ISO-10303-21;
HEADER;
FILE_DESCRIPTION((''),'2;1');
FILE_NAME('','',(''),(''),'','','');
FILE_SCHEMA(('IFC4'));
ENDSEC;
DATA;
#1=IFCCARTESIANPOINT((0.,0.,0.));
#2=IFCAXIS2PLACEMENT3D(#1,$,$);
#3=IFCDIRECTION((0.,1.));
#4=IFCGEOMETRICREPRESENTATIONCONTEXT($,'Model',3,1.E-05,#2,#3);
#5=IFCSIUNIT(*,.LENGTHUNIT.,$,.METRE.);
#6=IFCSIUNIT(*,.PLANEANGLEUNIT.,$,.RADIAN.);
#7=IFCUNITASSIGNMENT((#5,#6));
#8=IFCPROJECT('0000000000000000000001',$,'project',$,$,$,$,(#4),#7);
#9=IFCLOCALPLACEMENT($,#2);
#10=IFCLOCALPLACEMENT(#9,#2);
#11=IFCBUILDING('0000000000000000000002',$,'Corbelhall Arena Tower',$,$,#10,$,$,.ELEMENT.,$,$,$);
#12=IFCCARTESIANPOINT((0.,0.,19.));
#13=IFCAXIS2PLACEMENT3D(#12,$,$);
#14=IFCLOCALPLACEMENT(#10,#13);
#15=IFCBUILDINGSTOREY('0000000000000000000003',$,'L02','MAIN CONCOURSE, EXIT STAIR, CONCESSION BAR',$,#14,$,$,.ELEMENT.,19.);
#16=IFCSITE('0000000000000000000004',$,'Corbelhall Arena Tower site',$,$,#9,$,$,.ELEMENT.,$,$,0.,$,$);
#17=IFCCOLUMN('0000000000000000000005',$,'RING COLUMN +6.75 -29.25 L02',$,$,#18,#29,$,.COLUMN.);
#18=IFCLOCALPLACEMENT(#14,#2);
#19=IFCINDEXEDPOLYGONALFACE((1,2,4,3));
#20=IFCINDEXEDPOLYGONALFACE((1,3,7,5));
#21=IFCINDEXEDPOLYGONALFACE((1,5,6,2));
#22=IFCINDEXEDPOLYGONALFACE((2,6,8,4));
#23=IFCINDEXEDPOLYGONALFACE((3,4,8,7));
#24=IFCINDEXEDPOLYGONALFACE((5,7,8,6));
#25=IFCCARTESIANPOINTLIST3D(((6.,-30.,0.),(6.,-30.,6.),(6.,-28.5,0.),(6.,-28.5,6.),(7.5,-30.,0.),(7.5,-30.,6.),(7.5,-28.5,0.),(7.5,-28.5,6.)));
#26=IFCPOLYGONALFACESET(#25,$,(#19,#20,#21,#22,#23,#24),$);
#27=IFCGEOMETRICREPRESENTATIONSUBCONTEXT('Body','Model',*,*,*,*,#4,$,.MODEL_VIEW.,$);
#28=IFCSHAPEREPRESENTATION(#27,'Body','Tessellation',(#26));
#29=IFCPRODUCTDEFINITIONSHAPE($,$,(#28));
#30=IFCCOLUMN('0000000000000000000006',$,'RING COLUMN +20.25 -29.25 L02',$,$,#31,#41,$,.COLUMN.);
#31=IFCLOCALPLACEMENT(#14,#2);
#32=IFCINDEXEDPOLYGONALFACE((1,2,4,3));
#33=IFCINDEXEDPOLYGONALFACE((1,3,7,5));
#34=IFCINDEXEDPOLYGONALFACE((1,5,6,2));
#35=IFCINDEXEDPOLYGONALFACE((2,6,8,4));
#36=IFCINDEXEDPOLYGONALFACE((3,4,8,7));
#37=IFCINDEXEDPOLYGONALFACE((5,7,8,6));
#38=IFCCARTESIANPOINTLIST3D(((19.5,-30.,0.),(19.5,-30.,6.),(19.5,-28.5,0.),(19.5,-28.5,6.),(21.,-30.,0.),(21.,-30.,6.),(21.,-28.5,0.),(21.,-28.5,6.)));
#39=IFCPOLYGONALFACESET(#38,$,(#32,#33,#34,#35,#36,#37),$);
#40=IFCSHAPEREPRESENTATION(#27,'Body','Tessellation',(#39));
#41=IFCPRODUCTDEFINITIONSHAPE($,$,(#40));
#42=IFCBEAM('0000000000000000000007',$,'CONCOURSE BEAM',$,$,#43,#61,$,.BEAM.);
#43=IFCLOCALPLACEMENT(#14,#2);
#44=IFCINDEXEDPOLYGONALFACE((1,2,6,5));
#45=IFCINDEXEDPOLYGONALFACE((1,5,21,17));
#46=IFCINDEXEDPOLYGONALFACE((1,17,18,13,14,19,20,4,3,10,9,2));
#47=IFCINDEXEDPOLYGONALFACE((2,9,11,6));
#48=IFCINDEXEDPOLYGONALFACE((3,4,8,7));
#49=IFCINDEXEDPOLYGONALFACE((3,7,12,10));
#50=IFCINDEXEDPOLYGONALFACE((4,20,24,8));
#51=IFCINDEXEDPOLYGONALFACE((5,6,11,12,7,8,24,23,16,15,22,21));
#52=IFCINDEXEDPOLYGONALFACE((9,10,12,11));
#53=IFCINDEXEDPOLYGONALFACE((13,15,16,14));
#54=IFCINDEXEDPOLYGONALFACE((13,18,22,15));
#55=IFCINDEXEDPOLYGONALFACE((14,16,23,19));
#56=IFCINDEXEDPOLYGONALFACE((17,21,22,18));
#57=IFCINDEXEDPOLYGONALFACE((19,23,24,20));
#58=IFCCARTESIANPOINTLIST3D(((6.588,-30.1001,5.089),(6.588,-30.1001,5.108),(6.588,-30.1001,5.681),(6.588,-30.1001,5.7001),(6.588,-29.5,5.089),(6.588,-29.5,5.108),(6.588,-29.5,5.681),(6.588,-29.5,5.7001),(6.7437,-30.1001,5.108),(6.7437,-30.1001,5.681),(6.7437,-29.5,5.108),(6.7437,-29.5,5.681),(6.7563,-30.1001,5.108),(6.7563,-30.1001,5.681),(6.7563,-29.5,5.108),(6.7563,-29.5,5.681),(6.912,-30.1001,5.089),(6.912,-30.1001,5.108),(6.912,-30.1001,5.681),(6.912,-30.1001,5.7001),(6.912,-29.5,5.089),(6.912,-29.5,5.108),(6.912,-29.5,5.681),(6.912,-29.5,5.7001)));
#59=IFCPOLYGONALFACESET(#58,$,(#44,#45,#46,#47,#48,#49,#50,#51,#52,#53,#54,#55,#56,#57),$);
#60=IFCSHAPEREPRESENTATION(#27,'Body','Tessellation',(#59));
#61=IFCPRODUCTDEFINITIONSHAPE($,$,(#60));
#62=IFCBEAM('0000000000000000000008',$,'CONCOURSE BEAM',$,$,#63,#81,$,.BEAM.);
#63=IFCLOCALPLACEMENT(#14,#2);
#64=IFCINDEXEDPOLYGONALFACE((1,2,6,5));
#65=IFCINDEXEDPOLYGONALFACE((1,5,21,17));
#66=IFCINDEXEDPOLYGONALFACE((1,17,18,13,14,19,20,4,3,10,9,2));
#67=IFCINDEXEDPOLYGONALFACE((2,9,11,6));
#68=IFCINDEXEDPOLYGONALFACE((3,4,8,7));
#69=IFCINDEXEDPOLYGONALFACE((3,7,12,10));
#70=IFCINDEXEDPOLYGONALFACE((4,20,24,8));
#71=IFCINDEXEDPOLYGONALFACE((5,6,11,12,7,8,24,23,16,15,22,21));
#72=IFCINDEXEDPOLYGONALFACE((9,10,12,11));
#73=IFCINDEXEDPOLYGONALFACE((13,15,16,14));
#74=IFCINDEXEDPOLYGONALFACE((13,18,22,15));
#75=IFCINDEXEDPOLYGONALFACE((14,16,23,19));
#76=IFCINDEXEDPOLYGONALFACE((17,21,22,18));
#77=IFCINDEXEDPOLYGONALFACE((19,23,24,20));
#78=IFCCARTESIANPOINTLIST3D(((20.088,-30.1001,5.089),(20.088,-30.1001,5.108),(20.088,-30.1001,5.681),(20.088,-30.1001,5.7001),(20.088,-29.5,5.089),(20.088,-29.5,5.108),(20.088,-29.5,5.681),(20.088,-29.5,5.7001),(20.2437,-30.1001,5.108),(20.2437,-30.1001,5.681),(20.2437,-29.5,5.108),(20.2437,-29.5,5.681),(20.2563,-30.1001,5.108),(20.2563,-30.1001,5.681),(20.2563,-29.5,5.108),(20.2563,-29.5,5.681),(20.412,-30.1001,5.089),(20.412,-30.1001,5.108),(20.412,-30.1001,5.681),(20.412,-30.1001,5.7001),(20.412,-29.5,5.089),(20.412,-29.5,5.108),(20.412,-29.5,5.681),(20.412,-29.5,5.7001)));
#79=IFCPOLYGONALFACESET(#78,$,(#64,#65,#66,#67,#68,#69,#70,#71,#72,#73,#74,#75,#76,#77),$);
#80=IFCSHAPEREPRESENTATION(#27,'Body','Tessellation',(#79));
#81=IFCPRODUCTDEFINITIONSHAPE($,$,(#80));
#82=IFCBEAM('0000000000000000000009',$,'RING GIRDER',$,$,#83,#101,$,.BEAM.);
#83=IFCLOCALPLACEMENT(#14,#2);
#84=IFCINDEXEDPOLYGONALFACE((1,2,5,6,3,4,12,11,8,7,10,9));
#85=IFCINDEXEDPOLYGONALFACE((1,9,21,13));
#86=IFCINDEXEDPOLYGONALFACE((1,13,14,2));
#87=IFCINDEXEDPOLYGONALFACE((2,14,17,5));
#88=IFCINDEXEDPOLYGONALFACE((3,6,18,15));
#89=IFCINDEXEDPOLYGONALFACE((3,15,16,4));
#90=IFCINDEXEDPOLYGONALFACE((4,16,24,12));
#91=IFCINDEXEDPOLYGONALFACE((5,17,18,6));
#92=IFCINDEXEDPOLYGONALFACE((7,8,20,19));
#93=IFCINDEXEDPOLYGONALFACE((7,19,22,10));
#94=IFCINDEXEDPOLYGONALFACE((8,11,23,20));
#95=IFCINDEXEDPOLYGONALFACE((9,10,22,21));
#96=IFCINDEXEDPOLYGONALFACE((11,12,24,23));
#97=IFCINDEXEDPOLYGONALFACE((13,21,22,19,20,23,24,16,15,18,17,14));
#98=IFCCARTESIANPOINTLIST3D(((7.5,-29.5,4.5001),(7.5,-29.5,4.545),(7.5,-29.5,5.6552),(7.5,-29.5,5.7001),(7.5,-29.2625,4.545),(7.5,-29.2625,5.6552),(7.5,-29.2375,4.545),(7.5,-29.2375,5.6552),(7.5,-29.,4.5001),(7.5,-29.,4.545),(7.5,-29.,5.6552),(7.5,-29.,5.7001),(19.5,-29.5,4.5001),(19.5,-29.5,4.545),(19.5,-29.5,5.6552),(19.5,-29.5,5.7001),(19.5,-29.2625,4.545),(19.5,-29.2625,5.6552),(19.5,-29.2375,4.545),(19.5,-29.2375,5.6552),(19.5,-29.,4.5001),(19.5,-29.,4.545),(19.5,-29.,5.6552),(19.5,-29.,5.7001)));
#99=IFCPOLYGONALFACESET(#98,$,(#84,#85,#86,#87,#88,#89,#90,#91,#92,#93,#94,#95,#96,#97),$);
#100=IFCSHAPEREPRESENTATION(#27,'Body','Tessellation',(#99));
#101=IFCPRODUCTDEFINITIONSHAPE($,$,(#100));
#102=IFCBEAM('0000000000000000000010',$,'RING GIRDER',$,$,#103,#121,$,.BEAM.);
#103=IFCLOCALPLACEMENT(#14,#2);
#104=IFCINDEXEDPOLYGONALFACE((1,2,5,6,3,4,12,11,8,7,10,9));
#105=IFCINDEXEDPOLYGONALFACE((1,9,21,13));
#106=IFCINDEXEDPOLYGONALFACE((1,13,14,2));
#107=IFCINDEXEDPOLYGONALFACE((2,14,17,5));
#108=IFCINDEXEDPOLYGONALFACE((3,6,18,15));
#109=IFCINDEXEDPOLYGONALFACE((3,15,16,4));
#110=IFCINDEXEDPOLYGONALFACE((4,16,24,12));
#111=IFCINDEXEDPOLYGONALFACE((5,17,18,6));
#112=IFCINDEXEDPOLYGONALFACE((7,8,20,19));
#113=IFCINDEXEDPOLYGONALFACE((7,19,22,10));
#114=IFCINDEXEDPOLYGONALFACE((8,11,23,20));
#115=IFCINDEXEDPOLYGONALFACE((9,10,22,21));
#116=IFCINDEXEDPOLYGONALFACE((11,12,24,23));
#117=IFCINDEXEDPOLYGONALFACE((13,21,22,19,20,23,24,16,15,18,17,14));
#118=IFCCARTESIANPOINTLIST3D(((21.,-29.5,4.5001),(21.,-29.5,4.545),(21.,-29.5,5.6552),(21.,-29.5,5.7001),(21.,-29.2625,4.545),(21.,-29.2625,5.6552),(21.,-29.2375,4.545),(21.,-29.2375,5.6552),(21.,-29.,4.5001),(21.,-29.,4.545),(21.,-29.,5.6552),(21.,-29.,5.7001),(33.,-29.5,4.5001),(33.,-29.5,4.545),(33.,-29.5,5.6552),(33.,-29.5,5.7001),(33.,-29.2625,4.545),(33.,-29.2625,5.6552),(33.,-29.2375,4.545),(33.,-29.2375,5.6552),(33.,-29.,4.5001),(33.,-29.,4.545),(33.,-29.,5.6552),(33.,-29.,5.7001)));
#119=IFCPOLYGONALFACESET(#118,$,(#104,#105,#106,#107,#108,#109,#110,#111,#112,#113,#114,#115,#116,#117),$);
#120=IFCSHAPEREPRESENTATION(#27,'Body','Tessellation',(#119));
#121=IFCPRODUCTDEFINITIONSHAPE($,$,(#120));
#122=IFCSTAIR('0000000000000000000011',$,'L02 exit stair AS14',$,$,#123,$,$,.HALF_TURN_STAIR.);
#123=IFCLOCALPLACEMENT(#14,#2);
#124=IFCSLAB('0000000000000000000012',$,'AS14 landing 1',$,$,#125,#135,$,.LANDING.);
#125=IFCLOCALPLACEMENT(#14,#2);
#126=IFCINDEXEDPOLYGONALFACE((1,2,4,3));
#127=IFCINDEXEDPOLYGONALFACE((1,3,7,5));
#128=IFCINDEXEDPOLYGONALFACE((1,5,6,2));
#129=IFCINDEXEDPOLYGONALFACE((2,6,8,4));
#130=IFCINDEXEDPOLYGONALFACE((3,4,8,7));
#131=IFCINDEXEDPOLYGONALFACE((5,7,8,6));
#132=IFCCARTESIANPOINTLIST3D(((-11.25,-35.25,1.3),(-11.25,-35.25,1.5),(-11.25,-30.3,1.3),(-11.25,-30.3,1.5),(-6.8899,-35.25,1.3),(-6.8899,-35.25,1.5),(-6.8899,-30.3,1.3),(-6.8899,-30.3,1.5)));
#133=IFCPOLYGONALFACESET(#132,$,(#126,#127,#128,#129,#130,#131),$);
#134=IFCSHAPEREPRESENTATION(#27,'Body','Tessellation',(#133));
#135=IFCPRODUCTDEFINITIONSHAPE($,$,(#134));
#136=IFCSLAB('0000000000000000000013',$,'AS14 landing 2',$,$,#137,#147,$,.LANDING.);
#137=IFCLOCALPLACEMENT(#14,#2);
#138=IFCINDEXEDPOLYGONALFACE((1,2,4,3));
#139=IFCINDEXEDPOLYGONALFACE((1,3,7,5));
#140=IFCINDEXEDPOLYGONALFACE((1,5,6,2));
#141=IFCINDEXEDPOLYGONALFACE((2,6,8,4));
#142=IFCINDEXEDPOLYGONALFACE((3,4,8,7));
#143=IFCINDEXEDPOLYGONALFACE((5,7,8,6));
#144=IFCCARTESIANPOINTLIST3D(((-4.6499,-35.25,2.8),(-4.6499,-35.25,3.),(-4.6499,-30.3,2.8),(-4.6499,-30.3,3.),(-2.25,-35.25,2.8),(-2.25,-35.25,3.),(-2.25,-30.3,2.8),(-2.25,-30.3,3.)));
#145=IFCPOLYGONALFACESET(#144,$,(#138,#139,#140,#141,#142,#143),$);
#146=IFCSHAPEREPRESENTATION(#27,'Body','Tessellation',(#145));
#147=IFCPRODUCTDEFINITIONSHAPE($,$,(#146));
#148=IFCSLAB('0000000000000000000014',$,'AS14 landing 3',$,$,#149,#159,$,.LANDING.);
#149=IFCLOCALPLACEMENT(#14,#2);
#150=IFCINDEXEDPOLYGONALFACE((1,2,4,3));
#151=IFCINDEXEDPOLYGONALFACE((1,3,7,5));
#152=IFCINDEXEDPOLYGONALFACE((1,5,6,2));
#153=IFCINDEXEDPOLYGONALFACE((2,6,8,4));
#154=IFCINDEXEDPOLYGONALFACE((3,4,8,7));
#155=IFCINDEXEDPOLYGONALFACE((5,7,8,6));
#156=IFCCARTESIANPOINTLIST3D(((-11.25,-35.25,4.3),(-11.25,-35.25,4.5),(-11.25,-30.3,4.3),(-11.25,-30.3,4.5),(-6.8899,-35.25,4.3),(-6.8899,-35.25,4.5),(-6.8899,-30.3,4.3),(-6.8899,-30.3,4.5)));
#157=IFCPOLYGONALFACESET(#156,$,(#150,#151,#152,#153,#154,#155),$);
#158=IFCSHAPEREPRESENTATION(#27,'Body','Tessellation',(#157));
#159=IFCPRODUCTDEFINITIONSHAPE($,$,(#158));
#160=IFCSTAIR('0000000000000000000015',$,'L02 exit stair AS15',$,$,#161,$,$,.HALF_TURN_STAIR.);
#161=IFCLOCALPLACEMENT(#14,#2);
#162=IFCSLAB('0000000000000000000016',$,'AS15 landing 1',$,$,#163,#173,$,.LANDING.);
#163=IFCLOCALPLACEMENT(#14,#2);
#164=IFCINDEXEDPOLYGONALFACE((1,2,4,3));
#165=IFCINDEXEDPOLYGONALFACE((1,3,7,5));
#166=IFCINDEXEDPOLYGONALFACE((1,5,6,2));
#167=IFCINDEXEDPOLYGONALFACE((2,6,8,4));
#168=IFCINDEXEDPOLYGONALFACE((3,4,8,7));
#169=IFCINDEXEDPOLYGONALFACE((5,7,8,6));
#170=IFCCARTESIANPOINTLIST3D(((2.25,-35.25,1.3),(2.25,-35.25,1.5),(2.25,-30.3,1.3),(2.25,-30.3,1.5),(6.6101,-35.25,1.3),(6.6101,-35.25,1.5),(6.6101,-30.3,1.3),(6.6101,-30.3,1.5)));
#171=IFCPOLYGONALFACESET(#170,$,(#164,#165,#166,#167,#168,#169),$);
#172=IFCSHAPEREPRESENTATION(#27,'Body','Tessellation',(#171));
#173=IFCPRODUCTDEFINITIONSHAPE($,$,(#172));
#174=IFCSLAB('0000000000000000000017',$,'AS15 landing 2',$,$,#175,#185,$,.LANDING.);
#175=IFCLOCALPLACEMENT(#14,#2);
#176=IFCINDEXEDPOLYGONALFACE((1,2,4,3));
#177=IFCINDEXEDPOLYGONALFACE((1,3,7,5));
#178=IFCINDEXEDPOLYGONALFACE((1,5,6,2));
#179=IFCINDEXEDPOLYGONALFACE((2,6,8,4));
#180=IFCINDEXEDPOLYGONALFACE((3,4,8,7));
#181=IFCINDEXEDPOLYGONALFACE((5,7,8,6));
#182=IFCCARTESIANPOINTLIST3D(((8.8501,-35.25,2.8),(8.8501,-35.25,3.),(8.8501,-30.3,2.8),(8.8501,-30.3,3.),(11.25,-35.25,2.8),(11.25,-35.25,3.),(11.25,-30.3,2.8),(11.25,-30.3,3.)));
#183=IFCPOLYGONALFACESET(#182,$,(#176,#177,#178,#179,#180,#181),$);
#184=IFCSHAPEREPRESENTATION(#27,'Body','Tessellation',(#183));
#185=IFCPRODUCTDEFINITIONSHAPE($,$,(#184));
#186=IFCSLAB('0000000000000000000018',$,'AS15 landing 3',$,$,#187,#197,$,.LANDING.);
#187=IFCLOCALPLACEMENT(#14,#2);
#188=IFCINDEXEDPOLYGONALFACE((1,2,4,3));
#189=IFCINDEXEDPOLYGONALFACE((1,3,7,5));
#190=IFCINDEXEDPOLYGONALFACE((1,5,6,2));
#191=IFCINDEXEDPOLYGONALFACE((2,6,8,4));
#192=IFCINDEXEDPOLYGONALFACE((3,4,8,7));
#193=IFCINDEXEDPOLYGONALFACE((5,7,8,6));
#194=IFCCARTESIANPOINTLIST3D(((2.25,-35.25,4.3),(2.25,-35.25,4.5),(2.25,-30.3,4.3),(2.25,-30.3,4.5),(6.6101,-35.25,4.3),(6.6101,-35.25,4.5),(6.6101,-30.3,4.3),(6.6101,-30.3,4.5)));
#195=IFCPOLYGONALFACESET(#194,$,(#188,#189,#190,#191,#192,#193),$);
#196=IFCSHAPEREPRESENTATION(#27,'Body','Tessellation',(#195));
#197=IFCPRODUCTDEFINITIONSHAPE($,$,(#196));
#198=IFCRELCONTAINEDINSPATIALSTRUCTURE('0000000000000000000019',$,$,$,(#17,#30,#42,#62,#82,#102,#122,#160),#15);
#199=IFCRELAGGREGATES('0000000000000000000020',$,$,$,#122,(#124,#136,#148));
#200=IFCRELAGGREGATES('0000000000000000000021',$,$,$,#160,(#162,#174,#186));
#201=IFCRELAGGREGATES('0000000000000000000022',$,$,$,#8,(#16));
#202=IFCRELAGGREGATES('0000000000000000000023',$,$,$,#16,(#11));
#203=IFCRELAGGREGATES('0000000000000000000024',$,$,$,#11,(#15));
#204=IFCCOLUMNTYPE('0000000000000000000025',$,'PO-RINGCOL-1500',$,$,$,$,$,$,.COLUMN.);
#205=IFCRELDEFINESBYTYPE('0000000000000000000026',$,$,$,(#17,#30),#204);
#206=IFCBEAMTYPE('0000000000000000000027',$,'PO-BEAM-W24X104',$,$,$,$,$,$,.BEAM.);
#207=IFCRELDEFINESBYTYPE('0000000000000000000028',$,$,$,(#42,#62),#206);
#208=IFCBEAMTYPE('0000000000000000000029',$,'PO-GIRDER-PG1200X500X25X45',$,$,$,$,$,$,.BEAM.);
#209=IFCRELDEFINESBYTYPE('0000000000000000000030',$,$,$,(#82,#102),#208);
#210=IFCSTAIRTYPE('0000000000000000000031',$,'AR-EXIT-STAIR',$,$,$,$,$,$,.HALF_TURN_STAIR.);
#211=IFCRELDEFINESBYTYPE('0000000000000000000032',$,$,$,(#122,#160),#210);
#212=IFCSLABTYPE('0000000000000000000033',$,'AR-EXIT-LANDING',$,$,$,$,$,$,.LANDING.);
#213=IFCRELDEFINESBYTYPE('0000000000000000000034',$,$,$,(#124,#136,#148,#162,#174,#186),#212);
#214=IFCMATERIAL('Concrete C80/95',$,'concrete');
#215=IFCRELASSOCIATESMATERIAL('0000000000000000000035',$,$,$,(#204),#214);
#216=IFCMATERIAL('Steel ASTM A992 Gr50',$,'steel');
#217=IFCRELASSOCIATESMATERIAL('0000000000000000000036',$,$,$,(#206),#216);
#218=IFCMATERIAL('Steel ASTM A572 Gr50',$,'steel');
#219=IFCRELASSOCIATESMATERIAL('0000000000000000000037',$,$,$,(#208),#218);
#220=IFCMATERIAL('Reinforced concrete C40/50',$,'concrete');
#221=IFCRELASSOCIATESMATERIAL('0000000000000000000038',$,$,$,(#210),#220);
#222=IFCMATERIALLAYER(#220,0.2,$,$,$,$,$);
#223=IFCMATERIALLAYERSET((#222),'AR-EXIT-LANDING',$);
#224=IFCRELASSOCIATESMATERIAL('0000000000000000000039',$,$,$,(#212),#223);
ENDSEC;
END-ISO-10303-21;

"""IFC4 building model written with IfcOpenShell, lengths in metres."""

from ifc_helpers import new_model, si_unit, direction, frame, origin, origin_2d, place, context, subcontext, project, spatial, polyline, rectangle, i_section, outline, extrude, material, layer, layer_set, material_profile, profile_set, type_object, element, aggregate, save


model = new_model("IFC4")

# Units and contexts
model_context = context("Model", 3, precision=1e-05, world=origin(), true_north=direction((0.0, 1.0)))
body_context = subcontext(model_context, "Body", "Model", "MODEL_VIEW")
ifc_project = project(units=[si_unit("LENGTHUNIT", "METRE"), si_unit("PLANEANGLEUNIT", "RADIAN")], contexts=[model_context])

# Site, building, storey
site_placement = place(None, origin())
site = spatial("IfcSite", under=ifc_project, at=site_placement, Name="Corbelhall Arena Tower site", CompositionType="ELEMENT", RefElevation=0.0)
building_placement = place(site_placement, origin())
building = spatial("IfcBuilding", under=site, at=building_placement, Name="Corbelhall Arena Tower", CompositionType="ELEMENT")
storey_placement = place(building_placement, frame((0.0, 0.0, 19.0)))
storey = spatial("IfcBuildingStorey", under=building, at=storey_placement, Name="L02", Description="MAIN CONCOURSE, EXIT STAIR, CONCESSION BAR", CompositionType="ELEMENT", Elevation=19.0)

# Columns
ifc_material_1 = material(Name="Concrete C80/95", Category="concrete")
ifc_material_profile_1 = material_profile(ifc_material_1, rectangle(XDim=1.5, YDim=1.5, at=origin_2d()))
ifc_profile_set_1 = profile_set([ifc_material_profile_1], Name="Concrete C80/95")
column_type = type_object("IfcColumnType", Name="PO-RINGCOL-1500", PredefinedType="COLUMN", material=ifc_profile_set_1)
for number, where, z_axis, x_axis, name in (
    (1, (6.75, -29.25, 0.0), (0.0, 0.0, 1.0), (1.0, 0.0, 0.0), "RING COLUMN +6.75 -29.25 L02"),
    (2, (20.25, -29.25, 0.0), (0.0, 0.0, 1.0), (1.0, 0.0, 0.0), "RING COLUMN +20.25 -29.25 L02"),
):
    element("IfcColumn", number, at=place(storey_placement, frame(where, z_axis=z_axis, x_axis=x_axis)), inside=storey, type_object=column_type, Name=name, PredefinedType="COLUMN", context=body_context, shape_type="SweptSolid", body=[
        extrude(rectangle(XDim=1.5, YDim=1.5, at=origin_2d()), origin(), (0.0, 0.0, 1.0), 6.0),
    ])

# Beams
ifc_material_2 = material(Name="Steel ASTM A992 Gr50", Category="steel")
ifc_material_profile_2 = material_profile(ifc_material_2, i_section(OverallWidth=0.324, OverallDepth=0.6111, WebThickness=0.0127, FlangeThickness=0.019, at=origin_2d()))
ifc_profile_set_2 = profile_set([ifc_material_profile_2], Name="Steel ASTM A992 Gr50")
beam_type_1 = type_object("IfcBeamType", Name="PO-BEAM-W24X104", PredefinedType="BEAM", material=ifc_profile_set_2)
for number, where, z_axis, x_axis, name in (
    (3, (6.75, -29.5, 5.3945), (0.0, -1.0, 0.0), (1.0, 0.0, 0.0), "CONCOURSE BEAM"),
    (4, (20.25, -29.5, 5.3945), (0.0, -1.0, 0.0), (1.0, 0.0, 0.0), "CONCOURSE BEAM"),
):
    element("IfcBeam", number, at=place(storey_placement, frame(where, z_axis=z_axis, x_axis=x_axis)), inside=storey, type_object=beam_type_1, Name=name, PredefinedType="BEAM", context=body_context, shape_type="SweptSolid", body=[
        extrude(i_section(OverallWidth=0.324, OverallDepth=0.6111, WebThickness=0.0127, FlangeThickness=0.019, at=origin_2d()), origin(), (0.0, 0.0, 1.0), 0.6001),
    ])
ifc_material_3 = material(Name="Steel ASTM A572 Gr50", Category="steel")
ifc_material_profile_3 = material_profile(ifc_material_3, i_section(OverallWidth=0.5, OverallDepth=1.2, WebThickness=0.0249, FlangeThickness=0.0449, at=origin_2d()))
ifc_profile_set_3 = profile_set([ifc_material_profile_3], Name="Steel ASTM A572 Gr50")
beam_type_2 = type_object("IfcBeamType", Name="PO-GIRDER-PG1200X500X25X45", PredefinedType="BEAM", material=ifc_profile_set_3)
for number, where, z_axis, x_axis, name in (
    (5, (7.5, -29.25, 5.1001), (1.0, 0.0, 0.0), (0.0, 1.0, 0.0), "RING GIRDER"),
    (6, (21.0, -29.25, 5.1001), (1.0, 0.0, 0.0), (0.0, 1.0, 0.0), "RING GIRDER"),
):
    element("IfcBeam", number, at=place(storey_placement, frame(where, z_axis=z_axis, x_axis=x_axis)), inside=storey, type_object=beam_type_2, Name=name, PredefinedType="BEAM", context=body_context, shape_type="SweptSolid", body=[
        extrude(i_section(OverallWidth=0.5, OverallDepth=1.2, WebThickness=0.0249, FlangeThickness=0.0449, at=origin_2d()), origin(), (0.0, 0.0, 1.0), 12.0),
    ])

# Stairs, slabs
ifc_material_4 = material(Name="Reinforced concrete C40/50", Category="concrete")
stair_type = type_object("IfcStairType", Name="AR-EXIT-STAIR", PredefinedType="HALF_TURN_STAIR", material=ifc_material_4)
stair_1_placement = place(storey_placement, origin())
stair_1 = element("IfcStair", 7, at=stair_1_placement, inside=storey, type_object=stair_type, Name="L02 exit stair AS14", PredefinedType="HALF_TURN_STAIR")
ifc_layer_1 = layer(ifc_material_4, 0.2)
ifc_layer_set_1 = layer_set([ifc_layer_1], Name="AR-EXIT-LANDING")
slab_type_1 = type_object("IfcSlabType", Name="AR-EXIT-LANDING", PredefinedType="LANDING", material=ifc_layer_set_1)
slab_1_placement = place(storey_placement, frame((0.0, 0.0, 1.3)))
slab_1 = element("IfcSlab", 8, at=slab_1_placement, type_object=slab_type_1, Name="AS14 landing 1", PredefinedType="LANDING", context=body_context, shape_type="SweptSolid", body=[
    extrude(outline(polyline([(-6.8899, -30.3), (-11.25, -30.3), (-11.25, -35.25), (-6.8899, -35.25), (-6.8899, -30.3)])), origin(), (0.0, 0.0, 1.0), 0.2),
])
slab_2_placement = place(storey_placement, frame((0.0, 0.0, 2.8)))
slab_2 = element("IfcSlab", 9, at=slab_2_placement, type_object=slab_type_1, Name="AS14 landing 2", PredefinedType="LANDING", context=body_context, shape_type="SweptSolid", body=[
    extrude(outline(polyline([(-2.25, -30.3), (-4.6499, -30.3), (-4.6499, -35.25), (-2.25, -35.25), (-2.25, -30.3)])), origin(), (0.0, 0.0, 1.0), 0.2),
])
slab_3_placement = place(storey_placement, frame((0.0, 0.0, 4.3)))
slab_3 = element("IfcSlab", 10, at=slab_3_placement, type_object=slab_type_1, Name="AS14 landing 3", PredefinedType="LANDING", context=body_context, shape_type="SweptSolid", body=[
    extrude(outline(polyline([(-6.8899, -30.3), (-11.25, -30.3), (-11.25, -35.25), (-6.8899, -35.25), (-6.8899, -30.3)])), origin(), (0.0, 0.0, 1.0), 0.2),
])
aggregate(stair_1, [slab_1, slab_2, slab_3])
stair_2_placement = place(storey_placement, origin())
stair_2 = element("IfcStair", 11, at=stair_2_placement, inside=storey, type_object=stair_type, Name="L02 exit stair AS15", PredefinedType="HALF_TURN_STAIR")
slab_4_placement = place(storey_placement, frame((0.0, 0.0, 1.3)))
slab_4 = element("IfcSlab", 12, at=slab_4_placement, type_object=slab_type_1, Name="AS15 landing 1", PredefinedType="LANDING", context=body_context, shape_type="SweptSolid", body=[
    extrude(outline(polyline([(6.6101, -30.3), (2.25, -30.3), (2.25, -35.25), (6.6101, -35.25), (6.6101, -30.3)])), origin(), (0.0, 0.0, 1.0), 0.2),
])
slab_5_placement = place(storey_placement, frame((0.0, 0.0, 2.8)))
slab_5 = element("IfcSlab", 13, at=slab_5_placement, type_object=slab_type_1, Name="AS15 landing 2", PredefinedType="LANDING", context=body_context, shape_type="SweptSolid", body=[
    extrude(outline(polyline([(11.25, -30.3), (8.8501, -30.3), (8.8501, -35.25), (11.25, -35.25), (11.25, -30.3)])), origin(), (0.0, 0.0, 1.0), 0.2),
])
slab_6_placement = place(storey_placement, frame((0.0, 0.0, 4.3)))
slab_6 = element("IfcSlab", 14, at=slab_6_placement, type_object=slab_type_1, Name="AS15 landing 3", PredefinedType="LANDING", context=body_context, shape_type="SweptSolid", body=[
    extrude(outline(polyline([(6.6101, -30.3), (2.25, -30.3), (2.25, -35.25), (6.6101, -35.25), (6.6101, -30.3)])), origin(), (0.0, 0.0, 1.0), 0.2),
])
aggregate(stair_2, [slab_4, slab_5, slab_6])

save(model, "model.ifc")
